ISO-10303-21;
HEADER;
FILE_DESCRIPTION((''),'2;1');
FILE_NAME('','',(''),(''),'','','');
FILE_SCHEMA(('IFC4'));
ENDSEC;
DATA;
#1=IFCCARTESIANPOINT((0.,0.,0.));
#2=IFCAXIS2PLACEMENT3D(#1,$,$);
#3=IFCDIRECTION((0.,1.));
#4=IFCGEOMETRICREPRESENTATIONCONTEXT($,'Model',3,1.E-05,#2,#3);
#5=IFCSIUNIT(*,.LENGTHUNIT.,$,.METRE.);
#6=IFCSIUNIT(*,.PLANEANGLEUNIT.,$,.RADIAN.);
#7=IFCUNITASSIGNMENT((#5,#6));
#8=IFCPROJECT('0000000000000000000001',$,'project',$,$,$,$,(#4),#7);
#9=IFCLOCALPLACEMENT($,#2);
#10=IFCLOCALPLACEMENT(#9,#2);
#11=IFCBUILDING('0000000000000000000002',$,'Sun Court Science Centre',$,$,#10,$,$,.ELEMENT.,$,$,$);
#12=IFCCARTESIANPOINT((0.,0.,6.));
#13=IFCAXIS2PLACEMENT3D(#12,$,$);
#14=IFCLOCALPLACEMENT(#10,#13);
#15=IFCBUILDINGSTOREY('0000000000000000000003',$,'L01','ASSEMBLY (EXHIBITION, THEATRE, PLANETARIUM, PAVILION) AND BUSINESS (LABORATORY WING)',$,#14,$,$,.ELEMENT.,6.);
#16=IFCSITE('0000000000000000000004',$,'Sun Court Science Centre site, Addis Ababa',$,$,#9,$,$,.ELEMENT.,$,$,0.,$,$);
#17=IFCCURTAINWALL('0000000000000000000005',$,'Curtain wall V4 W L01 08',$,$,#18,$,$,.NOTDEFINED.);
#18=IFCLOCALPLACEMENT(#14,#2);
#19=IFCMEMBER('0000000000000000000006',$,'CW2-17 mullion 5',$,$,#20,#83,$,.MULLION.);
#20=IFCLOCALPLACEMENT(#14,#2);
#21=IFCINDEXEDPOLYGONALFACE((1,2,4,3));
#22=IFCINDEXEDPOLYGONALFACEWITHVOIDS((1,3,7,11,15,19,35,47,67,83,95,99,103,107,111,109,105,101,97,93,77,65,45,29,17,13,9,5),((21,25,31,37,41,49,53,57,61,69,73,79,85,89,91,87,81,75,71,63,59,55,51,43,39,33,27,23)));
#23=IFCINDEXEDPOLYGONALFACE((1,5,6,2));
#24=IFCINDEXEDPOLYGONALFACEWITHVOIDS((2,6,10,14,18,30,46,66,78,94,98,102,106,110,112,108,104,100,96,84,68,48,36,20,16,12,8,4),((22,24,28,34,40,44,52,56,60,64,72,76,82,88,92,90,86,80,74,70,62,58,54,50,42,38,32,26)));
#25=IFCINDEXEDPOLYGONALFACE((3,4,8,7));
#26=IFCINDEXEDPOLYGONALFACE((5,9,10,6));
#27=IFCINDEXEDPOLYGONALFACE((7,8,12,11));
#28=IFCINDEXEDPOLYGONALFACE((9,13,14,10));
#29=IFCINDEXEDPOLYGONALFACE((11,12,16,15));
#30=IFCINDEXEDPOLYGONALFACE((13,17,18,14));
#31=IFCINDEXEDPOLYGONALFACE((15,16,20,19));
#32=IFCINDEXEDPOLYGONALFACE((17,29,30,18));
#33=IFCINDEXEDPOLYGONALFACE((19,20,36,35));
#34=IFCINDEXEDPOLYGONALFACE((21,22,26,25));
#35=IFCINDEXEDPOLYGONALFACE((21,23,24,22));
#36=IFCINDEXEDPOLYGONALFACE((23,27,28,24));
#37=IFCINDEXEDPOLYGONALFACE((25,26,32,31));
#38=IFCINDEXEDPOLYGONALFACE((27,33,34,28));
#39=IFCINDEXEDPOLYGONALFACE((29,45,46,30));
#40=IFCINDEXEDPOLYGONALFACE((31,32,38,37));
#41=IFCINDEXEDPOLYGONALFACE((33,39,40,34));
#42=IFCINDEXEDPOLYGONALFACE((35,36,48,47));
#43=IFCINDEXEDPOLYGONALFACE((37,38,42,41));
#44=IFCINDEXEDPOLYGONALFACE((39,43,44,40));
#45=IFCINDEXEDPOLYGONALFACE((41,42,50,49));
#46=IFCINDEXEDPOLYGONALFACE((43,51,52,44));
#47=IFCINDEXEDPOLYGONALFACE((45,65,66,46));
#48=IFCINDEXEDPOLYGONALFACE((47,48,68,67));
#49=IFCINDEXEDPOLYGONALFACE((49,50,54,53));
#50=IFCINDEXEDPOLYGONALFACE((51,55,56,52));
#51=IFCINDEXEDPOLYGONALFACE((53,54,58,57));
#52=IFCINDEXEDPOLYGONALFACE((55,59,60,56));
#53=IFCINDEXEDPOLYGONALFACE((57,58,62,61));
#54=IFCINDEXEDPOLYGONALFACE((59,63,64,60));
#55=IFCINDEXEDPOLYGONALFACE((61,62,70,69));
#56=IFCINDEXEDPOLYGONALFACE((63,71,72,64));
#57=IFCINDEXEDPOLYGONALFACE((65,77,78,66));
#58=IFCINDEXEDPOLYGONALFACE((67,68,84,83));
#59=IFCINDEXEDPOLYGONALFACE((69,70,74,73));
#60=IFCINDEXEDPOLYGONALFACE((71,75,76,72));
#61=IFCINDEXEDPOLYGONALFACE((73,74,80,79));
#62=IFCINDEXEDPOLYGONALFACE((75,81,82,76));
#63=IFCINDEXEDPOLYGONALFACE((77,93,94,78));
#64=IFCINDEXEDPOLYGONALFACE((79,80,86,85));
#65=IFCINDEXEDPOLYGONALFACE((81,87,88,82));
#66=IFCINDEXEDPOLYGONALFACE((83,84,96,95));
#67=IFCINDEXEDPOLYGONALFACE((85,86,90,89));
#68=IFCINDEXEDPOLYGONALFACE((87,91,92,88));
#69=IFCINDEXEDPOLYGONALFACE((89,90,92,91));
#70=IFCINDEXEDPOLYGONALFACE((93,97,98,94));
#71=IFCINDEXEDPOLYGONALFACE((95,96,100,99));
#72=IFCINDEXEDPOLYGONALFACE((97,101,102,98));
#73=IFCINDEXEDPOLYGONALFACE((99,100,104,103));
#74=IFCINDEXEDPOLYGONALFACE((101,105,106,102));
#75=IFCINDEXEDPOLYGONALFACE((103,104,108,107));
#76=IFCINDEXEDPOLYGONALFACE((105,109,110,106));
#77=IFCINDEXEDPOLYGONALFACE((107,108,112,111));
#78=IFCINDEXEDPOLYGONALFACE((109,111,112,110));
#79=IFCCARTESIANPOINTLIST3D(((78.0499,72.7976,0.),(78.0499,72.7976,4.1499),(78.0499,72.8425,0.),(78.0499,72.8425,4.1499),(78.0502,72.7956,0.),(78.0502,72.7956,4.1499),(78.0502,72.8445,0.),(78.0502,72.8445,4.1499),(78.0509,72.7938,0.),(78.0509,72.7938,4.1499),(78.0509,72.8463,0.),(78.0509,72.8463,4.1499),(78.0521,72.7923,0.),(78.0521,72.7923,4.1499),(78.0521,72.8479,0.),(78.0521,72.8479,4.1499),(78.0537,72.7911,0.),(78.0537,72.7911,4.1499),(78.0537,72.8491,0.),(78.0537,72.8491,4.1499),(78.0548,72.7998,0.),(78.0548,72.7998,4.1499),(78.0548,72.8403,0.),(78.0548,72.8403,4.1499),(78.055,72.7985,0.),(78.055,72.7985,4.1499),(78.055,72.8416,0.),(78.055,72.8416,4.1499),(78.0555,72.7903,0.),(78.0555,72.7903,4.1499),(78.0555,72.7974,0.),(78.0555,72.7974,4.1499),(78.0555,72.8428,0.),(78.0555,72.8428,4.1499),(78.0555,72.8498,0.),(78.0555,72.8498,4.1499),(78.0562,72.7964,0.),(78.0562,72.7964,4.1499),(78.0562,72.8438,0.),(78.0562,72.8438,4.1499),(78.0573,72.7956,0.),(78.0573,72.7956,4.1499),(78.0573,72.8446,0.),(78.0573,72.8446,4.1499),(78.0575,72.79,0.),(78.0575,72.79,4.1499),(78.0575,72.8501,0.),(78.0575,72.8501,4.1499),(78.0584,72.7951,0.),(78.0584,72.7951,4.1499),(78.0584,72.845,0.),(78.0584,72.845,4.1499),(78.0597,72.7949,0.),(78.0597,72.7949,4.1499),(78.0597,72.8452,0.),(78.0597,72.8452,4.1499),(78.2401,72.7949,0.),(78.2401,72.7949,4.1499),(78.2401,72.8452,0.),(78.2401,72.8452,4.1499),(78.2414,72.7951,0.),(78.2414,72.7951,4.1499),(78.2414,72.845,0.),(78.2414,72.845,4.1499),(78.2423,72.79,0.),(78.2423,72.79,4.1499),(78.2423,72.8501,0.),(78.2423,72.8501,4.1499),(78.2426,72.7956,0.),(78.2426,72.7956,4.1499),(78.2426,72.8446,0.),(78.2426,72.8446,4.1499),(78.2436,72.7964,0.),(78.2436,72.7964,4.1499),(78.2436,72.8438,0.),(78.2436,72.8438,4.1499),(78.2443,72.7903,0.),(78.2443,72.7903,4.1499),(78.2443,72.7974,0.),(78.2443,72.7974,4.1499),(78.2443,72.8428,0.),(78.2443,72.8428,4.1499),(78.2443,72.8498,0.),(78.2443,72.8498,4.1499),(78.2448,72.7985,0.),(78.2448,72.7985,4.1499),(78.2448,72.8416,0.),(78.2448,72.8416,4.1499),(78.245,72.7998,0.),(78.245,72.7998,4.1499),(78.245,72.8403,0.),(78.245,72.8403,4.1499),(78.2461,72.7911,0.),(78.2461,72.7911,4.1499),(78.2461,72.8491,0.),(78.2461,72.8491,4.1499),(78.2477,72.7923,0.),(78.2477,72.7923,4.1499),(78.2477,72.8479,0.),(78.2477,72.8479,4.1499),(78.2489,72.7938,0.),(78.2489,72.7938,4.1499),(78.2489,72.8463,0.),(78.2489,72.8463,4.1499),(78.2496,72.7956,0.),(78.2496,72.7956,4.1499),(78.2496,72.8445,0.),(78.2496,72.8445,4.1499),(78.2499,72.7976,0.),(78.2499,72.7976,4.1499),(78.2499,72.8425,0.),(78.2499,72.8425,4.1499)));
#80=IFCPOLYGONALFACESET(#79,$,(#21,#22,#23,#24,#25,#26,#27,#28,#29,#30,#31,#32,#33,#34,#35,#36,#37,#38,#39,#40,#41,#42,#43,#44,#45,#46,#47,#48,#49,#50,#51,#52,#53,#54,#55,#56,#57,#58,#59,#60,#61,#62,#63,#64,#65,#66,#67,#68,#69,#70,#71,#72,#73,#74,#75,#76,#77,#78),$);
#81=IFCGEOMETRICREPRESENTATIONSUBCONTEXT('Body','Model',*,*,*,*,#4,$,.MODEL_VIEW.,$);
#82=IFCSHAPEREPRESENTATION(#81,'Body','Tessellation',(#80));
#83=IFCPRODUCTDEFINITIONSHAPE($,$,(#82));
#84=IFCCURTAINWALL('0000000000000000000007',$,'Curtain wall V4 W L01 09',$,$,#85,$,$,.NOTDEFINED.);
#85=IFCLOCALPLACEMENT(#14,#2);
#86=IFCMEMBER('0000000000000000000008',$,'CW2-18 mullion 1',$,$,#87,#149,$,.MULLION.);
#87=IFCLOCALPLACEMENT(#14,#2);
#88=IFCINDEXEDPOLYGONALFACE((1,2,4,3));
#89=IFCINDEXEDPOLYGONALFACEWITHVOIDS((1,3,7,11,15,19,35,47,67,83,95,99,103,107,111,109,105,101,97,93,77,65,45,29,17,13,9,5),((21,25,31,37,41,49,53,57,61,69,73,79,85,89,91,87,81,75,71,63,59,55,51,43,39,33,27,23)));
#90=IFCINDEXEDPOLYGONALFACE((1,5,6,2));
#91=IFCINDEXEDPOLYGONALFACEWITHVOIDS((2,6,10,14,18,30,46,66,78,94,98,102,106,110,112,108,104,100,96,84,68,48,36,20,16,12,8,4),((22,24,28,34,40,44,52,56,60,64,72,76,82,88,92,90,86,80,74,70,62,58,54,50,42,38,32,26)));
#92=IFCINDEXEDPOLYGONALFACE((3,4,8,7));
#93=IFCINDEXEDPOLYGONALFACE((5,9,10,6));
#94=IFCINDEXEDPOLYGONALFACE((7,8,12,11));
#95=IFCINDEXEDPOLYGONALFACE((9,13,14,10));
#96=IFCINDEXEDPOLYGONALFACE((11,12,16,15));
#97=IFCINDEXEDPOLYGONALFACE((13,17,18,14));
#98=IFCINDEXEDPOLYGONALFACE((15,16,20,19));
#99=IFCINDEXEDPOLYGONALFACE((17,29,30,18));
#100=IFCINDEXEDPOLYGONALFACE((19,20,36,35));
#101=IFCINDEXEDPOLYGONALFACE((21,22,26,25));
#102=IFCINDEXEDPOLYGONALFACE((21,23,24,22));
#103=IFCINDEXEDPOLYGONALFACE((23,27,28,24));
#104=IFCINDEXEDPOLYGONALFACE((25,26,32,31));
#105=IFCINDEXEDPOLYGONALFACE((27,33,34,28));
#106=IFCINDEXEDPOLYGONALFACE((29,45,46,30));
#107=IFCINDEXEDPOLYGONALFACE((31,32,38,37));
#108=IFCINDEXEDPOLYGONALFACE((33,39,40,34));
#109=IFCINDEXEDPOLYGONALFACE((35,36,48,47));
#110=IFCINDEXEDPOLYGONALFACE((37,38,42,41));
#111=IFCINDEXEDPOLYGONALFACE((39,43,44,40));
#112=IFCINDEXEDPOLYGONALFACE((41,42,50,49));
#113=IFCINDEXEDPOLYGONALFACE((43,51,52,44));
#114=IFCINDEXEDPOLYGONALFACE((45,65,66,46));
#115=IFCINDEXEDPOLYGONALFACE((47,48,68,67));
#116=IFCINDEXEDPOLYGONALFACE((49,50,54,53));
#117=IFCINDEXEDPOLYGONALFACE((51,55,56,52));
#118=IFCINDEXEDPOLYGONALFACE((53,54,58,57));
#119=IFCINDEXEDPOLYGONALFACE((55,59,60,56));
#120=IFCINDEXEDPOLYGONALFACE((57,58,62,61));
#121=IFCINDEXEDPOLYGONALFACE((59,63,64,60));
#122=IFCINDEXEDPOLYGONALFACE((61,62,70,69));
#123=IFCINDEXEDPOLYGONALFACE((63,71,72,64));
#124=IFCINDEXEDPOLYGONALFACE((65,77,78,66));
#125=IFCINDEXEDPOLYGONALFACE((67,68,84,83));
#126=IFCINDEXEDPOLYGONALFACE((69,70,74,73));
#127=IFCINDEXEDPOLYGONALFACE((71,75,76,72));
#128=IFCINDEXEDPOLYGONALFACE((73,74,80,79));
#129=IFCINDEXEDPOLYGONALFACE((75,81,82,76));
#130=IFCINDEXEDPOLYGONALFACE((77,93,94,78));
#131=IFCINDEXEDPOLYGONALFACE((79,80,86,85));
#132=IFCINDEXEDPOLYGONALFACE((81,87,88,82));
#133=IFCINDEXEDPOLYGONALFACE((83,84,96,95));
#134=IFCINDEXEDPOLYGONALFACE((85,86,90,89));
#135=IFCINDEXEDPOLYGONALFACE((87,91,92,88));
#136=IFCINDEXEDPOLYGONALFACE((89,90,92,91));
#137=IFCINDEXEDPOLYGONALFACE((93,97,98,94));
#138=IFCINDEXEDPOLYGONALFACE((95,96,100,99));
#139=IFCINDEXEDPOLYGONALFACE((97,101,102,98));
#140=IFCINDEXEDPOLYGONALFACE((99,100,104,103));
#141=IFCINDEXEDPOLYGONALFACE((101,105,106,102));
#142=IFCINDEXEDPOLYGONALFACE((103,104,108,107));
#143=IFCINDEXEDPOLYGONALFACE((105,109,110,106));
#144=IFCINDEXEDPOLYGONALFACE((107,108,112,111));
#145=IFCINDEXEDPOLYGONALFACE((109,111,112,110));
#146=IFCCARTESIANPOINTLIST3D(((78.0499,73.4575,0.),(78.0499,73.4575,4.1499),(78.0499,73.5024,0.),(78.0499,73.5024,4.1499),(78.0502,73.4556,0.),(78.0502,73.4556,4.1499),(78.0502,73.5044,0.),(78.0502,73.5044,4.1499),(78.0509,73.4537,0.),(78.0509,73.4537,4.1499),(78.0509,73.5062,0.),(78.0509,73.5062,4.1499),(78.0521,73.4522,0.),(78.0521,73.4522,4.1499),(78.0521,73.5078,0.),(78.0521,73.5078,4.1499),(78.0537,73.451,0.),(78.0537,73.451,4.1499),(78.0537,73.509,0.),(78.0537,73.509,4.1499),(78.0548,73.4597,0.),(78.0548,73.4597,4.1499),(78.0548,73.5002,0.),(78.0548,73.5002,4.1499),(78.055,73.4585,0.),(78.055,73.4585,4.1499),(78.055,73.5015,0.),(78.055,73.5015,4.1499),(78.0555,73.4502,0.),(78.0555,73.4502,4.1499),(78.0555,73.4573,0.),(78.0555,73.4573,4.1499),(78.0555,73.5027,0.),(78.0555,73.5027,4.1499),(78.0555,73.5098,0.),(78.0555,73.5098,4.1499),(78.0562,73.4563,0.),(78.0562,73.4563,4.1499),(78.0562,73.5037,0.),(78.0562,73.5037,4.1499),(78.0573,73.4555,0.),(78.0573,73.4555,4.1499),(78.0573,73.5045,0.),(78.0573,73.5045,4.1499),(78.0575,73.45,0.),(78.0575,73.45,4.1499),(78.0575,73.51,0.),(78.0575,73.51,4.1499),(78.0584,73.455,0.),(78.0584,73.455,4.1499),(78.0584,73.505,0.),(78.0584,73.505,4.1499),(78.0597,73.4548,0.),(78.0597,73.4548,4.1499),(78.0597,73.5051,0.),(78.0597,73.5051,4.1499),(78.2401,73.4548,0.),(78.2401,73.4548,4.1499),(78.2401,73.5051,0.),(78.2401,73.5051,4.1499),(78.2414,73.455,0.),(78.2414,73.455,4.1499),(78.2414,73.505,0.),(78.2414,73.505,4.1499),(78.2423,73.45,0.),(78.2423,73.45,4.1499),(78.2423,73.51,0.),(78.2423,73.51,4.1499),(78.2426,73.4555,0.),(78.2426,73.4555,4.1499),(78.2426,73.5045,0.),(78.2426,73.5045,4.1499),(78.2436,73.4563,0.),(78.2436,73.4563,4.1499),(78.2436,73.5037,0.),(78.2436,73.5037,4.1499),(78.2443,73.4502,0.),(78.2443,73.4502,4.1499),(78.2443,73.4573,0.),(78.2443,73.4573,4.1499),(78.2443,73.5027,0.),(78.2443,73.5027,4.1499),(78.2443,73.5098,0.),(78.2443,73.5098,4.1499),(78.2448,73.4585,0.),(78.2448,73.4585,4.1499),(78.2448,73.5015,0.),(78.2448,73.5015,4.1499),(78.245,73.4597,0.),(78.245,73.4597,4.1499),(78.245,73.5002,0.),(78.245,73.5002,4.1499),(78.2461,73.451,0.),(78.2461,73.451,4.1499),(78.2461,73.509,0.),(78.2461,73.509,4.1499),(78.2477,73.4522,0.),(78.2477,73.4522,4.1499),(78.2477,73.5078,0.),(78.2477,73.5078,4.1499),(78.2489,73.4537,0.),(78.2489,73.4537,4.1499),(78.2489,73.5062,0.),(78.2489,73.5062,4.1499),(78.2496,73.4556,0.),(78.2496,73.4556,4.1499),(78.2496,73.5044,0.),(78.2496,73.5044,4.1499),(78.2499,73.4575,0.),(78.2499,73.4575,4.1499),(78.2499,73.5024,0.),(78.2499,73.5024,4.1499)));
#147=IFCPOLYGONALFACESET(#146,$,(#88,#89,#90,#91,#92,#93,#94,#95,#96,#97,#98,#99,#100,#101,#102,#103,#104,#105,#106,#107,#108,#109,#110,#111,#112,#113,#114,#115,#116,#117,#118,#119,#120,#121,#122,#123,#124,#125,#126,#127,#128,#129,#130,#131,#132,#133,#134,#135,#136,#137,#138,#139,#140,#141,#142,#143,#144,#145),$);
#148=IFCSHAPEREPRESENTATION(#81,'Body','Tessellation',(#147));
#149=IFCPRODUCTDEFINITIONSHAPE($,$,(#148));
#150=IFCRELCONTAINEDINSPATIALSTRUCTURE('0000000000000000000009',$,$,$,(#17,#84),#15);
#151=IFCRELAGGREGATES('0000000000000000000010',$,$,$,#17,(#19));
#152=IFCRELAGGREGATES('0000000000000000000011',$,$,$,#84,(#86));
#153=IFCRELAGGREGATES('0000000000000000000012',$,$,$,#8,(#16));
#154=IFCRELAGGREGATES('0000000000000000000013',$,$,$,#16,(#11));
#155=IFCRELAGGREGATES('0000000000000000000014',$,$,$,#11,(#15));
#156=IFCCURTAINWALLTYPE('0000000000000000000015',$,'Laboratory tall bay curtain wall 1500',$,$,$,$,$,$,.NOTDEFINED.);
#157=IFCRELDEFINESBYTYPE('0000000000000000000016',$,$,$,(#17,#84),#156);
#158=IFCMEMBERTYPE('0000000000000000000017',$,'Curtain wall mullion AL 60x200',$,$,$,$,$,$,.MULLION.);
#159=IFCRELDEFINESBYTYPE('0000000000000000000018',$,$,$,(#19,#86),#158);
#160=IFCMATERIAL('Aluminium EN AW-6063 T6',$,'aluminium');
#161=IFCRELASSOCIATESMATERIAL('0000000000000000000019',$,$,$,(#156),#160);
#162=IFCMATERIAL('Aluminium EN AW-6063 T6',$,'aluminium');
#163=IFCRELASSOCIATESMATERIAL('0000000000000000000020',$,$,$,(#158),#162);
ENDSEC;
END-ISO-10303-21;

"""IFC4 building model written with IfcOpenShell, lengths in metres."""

from ifc_helpers import new_model, si_unit, direction, frame, origin, origin_2d, place, context, subcontext, project, spatial, hollow_rectangle, extrude, material, material_profile, profile_set, type_object, element, aggregate, save


model = new_model("IFC4")

# Units and contexts
model_context = context("Model", 3, precision=1e-05, world=origin(), true_north=direction((0.0, 1.0)))
body_context = subcontext(model_context, "Body", "Model", "MODEL_VIEW")
ifc_project = project(units=[si_unit("LENGTHUNIT", "METRE"), si_unit("PLANEANGLEUNIT", "RADIAN")], contexts=[model_context])

# Site, building, storey
site_placement = place(None, origin())
site = spatial("IfcSite", under=ifc_project, at=site_placement, Name="Sun Court Science Centre site, Addis Ababa", CompositionType="ELEMENT", RefElevation=0.0)
building_placement = place(site_placement, origin())
building = spatial("IfcBuilding", under=site, at=building_placement, Name="Sun Court Science Centre", CompositionType="ELEMENT")
storey_placement = place(building_placement, frame((0.0, 0.0, 6.0)))
storey = spatial("IfcBuildingStorey", under=building, at=storey_placement, Name="L01", Description="ASSEMBLY (EXHIBITION, THEATRE, PLANETARIUM, PAVILION) AND BUSINESS (LABORATORY WING)", CompositionType="ELEMENT", Elevation=6.0)

# Curtain wall, member
ifc_material_1 = material(Name="Aluminium EN AW-6063 T6", Category="aluminium")
curtain_wall_type = type_object("IfcCurtainWallType", Name="Laboratory tall bay curtain wall 1500", PredefinedType="NOTDEFINED", material=ifc_material_1)
curtain_wall_1_placement = place(storey_placement, origin())
curtain_wall_1 = element("IfcCurtainWall", 1, at=curtain_wall_1_placement, inside=storey, type_object=curtain_wall_type, Name="Curtain wall V4 W L01 08", PredefinedType="NOTDEFINED")
ifc_material_2 = material(Name="Aluminium EN AW-6063 T6", Category="aluminium")
ifc_material_profile_1 = material_profile(ifc_material_2, hollow_rectangle(XDim=0.0601, YDim=0.2, WallThickness=0.0049, InnerFilletRadius=0.0049, OuterFilletRadius=0.0076, at=origin_2d()), Name="AL 60x200x5")
ifc_profile_set_1 = profile_set([ifc_material_profile_1], Name="Aluminium EN AW-6063 T6")
member_type_1 = type_object("IfcMemberType", Name="Curtain wall mullion AL 60x200", PredefinedType="MULLION", material=ifc_profile_set_1)
member_1_placement = place(storey_placement, frame((78.1499, 72.8201, 0.0), z_axis=(0.0, 0.0, 1.0), x_axis=(0.0, 1.0, 0.0)))
member_1 = element("IfcMember", 2, at=member_1_placement, type_object=member_type_1, Name="CW2-17 mullion 5", PredefinedType="MULLION", context=body_context, shape_type="SweptSolid", body=[
    extrude(hollow_rectangle(XDim=0.0601, YDim=0.2, WallThickness=0.0049, InnerFilletRadius=0.0049, OuterFilletRadius=0.0076, at=origin_2d()), origin(), (0.0, 0.0, 1.0), 4.1499),
])

# Curtain wall, member
curtain_wall_2_placement = place(storey_placement, origin())
curtain_wall_2 = element("IfcCurtainWall", 3, at=curtain_wall_2_placement, inside=storey, type_object=curtain_wall_type, Name="Curtain wall V4 W L01 09", PredefinedType="NOTDEFINED")
member_2_placement = place(storey_placement, frame((78.1499, 73.48, 0.0), z_axis=(0.0, 0.0, 1.0), x_axis=(0.0, 1.0, 0.0)))
member_2 = element("IfcMember", 4, at=member_2_placement, type_object=member_type_1, Name="CW2-18 mullion 1", PredefinedType="MULLION", context=body_context, shape_type="SweptSolid", body=[
    extrude(hollow_rectangle(XDim=0.0601, YDim=0.2, WallThickness=0.0049, InnerFilletRadius=0.0049, OuterFilletRadius=0.0076, at=origin_2d()), origin(), (0.0, 0.0, 1.0), 4.1499),
])

aggregate(curtain_wall_1, [member_1])
aggregate(curtain_wall_2, [member_2])

save(model, "model.ifc")
